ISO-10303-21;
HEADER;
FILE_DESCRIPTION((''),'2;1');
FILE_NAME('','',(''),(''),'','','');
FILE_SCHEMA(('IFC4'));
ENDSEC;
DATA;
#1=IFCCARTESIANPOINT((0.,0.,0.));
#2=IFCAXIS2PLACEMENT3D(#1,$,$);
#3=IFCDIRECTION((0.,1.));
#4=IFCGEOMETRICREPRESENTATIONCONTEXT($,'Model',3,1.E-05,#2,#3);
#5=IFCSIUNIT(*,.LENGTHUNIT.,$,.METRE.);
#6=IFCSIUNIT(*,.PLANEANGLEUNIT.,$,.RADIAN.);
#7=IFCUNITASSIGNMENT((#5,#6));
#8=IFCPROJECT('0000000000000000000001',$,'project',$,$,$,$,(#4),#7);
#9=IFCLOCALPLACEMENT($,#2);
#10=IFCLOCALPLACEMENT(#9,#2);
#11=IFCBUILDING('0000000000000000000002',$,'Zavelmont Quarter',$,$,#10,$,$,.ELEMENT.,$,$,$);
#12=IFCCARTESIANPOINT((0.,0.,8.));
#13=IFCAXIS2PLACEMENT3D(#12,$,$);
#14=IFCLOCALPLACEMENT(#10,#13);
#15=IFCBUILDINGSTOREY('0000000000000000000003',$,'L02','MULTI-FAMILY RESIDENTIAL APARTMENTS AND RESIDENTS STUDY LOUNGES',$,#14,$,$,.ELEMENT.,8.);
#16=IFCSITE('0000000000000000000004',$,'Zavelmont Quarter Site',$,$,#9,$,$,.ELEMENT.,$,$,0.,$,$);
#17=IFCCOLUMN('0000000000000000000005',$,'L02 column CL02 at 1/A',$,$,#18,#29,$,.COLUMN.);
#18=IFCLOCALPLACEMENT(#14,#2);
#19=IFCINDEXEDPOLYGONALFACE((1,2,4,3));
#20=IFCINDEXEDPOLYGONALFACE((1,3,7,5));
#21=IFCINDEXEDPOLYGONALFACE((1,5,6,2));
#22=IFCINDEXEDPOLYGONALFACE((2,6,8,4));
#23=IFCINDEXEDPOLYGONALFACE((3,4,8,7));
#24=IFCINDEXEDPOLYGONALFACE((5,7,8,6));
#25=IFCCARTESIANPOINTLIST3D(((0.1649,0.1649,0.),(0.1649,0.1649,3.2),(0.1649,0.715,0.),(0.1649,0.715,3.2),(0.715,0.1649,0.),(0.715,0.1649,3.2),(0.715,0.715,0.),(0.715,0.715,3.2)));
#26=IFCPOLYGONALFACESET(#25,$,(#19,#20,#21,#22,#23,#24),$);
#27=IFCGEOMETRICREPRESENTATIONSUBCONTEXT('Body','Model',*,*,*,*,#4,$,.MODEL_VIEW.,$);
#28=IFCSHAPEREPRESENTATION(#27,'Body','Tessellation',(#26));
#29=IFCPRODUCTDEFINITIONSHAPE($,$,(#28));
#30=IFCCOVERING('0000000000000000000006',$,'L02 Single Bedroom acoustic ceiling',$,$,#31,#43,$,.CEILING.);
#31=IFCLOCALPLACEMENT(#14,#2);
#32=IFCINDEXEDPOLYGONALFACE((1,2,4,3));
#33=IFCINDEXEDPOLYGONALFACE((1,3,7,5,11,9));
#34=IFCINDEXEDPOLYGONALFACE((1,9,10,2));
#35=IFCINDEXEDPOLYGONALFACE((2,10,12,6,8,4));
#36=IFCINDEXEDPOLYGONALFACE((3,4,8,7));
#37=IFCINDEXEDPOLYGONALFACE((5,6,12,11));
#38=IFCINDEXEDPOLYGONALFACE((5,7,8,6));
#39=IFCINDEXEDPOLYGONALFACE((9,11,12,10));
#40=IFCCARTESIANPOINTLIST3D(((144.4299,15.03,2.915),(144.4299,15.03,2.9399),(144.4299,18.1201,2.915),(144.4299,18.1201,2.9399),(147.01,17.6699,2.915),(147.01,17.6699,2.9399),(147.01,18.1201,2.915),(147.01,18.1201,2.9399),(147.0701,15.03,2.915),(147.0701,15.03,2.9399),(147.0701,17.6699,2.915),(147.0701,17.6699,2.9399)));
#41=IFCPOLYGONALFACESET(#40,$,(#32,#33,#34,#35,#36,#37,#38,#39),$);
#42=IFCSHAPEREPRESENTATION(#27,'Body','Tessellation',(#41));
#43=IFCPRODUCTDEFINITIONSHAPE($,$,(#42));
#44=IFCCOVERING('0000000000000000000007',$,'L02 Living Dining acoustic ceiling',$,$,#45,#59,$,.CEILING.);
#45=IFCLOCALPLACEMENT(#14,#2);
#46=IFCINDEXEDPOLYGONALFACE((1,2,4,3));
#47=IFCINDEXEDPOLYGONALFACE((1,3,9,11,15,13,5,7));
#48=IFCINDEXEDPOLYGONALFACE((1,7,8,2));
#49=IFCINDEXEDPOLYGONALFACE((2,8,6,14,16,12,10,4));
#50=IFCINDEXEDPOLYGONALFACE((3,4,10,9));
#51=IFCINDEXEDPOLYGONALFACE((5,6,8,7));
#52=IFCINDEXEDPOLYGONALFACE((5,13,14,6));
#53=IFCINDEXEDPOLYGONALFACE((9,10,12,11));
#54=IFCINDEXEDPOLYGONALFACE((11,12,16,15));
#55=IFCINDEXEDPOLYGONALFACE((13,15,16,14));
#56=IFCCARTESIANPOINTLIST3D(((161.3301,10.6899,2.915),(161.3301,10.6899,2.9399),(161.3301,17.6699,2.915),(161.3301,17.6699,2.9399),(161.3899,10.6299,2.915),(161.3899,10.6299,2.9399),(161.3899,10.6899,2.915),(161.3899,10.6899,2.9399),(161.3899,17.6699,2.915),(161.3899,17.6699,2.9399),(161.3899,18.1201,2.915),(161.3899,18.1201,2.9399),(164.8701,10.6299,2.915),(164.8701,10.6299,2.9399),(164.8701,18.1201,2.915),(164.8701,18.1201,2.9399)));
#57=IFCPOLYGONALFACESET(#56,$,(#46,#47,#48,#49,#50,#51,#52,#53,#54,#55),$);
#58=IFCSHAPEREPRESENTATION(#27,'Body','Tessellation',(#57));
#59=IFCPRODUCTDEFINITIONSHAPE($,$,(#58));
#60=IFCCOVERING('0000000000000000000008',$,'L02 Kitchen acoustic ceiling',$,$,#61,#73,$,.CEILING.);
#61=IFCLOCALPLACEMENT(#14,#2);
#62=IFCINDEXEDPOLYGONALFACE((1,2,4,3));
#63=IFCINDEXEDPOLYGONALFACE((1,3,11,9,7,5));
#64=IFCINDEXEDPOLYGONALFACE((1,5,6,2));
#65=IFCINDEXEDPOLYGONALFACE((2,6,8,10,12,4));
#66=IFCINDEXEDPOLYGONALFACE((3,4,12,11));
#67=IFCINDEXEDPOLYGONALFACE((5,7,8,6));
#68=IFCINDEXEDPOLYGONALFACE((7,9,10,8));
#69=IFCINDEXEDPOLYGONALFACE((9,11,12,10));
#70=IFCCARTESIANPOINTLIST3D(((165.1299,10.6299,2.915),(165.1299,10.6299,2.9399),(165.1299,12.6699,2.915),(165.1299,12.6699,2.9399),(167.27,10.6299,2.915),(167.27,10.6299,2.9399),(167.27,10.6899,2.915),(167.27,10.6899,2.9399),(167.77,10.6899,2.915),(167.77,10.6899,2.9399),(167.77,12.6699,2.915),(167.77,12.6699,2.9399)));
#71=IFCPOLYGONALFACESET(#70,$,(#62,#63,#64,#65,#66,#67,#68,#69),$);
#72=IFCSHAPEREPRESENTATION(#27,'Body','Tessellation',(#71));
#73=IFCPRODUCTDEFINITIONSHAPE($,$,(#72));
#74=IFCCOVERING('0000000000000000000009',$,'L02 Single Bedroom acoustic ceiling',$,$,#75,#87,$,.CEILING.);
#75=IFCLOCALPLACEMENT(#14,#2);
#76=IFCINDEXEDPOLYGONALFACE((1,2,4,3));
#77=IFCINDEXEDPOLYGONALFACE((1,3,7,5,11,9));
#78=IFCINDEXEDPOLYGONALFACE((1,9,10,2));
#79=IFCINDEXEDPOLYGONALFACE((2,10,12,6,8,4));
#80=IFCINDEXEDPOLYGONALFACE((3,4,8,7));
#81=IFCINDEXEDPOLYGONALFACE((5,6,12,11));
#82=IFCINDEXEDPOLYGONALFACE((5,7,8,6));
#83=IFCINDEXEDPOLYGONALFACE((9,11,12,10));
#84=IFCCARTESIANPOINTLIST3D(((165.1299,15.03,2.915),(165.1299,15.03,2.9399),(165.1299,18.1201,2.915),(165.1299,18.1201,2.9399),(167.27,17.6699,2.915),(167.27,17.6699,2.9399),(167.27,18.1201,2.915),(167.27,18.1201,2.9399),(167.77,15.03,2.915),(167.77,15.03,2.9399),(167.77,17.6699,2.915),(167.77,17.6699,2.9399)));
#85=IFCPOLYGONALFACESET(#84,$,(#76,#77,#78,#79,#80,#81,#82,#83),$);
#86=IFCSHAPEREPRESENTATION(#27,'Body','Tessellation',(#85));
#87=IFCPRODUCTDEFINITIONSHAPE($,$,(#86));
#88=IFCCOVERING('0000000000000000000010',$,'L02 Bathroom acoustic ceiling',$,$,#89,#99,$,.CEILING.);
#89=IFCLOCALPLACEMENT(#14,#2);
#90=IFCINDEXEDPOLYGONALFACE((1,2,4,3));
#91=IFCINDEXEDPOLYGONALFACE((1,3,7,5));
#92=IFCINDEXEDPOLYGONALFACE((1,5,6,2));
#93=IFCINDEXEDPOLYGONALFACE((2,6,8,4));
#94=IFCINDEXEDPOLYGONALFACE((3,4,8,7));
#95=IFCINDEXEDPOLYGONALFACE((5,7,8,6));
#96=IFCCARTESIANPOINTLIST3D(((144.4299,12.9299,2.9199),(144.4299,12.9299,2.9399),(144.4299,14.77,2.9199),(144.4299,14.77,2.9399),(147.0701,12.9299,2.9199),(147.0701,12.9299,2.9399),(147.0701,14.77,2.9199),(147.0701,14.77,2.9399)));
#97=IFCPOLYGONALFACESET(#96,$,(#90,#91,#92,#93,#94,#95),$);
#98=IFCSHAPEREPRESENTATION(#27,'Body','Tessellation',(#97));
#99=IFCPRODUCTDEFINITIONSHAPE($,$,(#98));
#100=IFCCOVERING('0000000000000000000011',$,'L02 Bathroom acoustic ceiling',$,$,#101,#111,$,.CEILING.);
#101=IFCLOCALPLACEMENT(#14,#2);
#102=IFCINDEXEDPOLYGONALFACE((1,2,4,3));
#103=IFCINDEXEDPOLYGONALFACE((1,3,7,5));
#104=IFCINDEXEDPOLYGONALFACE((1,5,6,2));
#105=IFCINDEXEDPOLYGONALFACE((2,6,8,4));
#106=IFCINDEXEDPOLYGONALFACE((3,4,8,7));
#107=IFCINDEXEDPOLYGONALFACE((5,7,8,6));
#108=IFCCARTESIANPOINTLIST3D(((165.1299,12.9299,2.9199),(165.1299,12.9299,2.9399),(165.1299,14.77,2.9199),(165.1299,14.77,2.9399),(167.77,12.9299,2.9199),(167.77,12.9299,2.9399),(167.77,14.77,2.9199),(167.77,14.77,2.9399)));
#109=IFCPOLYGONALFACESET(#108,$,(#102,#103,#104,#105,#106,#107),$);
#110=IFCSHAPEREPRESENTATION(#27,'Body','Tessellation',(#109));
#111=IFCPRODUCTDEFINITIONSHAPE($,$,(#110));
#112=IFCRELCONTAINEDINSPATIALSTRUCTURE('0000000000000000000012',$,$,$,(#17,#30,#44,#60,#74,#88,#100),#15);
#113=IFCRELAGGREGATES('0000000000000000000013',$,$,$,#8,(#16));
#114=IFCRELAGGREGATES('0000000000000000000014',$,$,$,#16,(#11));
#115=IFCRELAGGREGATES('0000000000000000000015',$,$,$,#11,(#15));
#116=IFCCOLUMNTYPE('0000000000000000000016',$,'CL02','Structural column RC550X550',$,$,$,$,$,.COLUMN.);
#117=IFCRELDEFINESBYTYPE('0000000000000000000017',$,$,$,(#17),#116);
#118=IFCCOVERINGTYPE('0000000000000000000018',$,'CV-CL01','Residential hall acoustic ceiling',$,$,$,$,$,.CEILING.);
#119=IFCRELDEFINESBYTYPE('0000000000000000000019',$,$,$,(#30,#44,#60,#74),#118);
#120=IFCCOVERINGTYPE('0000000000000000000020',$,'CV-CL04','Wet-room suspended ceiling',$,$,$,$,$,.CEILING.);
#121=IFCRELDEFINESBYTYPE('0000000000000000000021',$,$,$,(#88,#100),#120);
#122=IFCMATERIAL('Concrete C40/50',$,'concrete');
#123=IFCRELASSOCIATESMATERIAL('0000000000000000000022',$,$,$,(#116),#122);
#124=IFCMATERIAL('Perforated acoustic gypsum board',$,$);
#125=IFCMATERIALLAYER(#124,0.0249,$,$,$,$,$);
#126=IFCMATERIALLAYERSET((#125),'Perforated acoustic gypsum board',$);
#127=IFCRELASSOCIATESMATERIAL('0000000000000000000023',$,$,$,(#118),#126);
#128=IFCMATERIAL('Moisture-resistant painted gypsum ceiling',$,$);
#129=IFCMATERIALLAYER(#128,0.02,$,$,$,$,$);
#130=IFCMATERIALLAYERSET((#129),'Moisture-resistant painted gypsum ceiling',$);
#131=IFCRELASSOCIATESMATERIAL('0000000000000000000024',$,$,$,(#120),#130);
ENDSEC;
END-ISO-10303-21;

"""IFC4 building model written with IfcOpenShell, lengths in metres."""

from ifc_helpers import new_model, si_unit, direction, frame, origin, origin_2d, place, context, subcontext, project, spatial, polyline, rectangle, outline, extrude, material, layer, layer_set, material_profile, profile_set, type_object, element, save


model = new_model("IFC4")

# Units and contexts
model_context = context("Model", 3, precision=1e-05, world=origin(), true_north=direction((0.0, 1.0)))
body_context = subcontext(model_context, "Body", "Model", "MODEL_VIEW")
ifc_project = project(units=[si_unit("LENGTHUNIT", "METRE"), si_unit("PLANEANGLEUNIT", "RADIAN")], contexts=[model_context])

# Site, building, storey
site_placement = place(None, origin())
site = spatial("IfcSite", under=ifc_project, at=site_placement, Name="Zavelmont Quarter Site", CompositionType="ELEMENT", RefElevation=0.0)
building_placement = place(site_placement, origin())
building = spatial("IfcBuilding", under=site, at=building_placement, Name="Zavelmont Quarter", CompositionType="ELEMENT")
storey_placement = place(building_placement, frame((0.0, 0.0, 8.0)))
storey = spatial("IfcBuildingStorey", under=building, at=storey_placement, Name="L02", Description="MULTI-FAMILY RESIDENTIAL APARTMENTS AND RESIDENTS STUDY LOUNGES", CompositionType="ELEMENT", Elevation=8.0)

# Column
ifc_material_1 = material(Name="Concrete C40/50", Category="concrete")
ifc_material_profile = material_profile(ifc_material_1, rectangle(XDim=0.55, YDim=0.55, at=origin_2d()), Name="RC550X550")
ifc_profile_set = profile_set([ifc_material_profile], Name="Concrete C40/50")
column_type = type_object("IfcColumnType", Name="CL02", Description="Structural column RC550X550", PredefinedType="COLUMN", material=ifc_profile_set)
column_placement = place(storey_placement, frame((0.4399, 0.4399, 0.0), z_axis=(0.0, 0.0, 1.0), x_axis=(1.0, 0.0, 0.0)))
element("IfcColumn", 1, at=column_placement, inside=storey, type_object=column_type, Name="L02 column CL02 at 1/A", PredefinedType="COLUMN", context=body_context, shape_type="SweptSolid", body=[
    extrude(rectangle(XDim=0.55, YDim=0.55, at=origin_2d()), origin(), (0.0, 0.0, 1.0), 3.2),
])

# Coverings
ifc_material_2 = material(Name="Perforated acoustic gypsum board")
ifc_layer_1 = layer(ifc_material_2, 0.0249)
ifc_layer_set_1 = layer_set([ifc_layer_1], Name="Perforated acoustic gypsum board")
covering_type_1 = type_object("IfcCoveringType", Name="CV-CL01", Description="Residential hall acoustic ceiling", PredefinedType="CEILING", material=ifc_layer_set_1)
covering_1_placement = place(storey_placement, frame((0.0, 0.0, 2.915)))
element("IfcCovering", 2, at=covering_1_placement, inside=storey, type_object=covering_type_1, Name="L02 Single Bedroom acoustic ceiling", PredefinedType="CEILING", context=body_context, shape_type="SweptSolid", body=[
    extrude(outline(polyline([(144.4299, 18.1201), (147.01, 18.1201), (147.01, 17.6699), (147.0701, 17.6699), (147.0701, 15.03), (144.4299, 15.03), (144.4299, 18.1201)])), origin(), (0.0, 0.0, 1.0), 0.0249),
])
covering_2_placement = place(storey_placement, frame((0.0, 0.0, 2.915)))
element("IfcCovering", 3, at=covering_2_placement, inside=storey, type_object=covering_type_1, Name="L02 Living Dining acoustic ceiling", PredefinedType="CEILING", context=body_context, shape_type="SweptSolid", body=[
    extrude(outline(polyline([(161.3301, 17.6699), (161.3899, 17.6699), (161.3899, 18.1201), (164.8701, 18.1201), (164.8701, 10.6299), (161.3899, 10.6299), (161.3899, 10.6899), (161.3301, 10.6899), (161.3301, 17.6699)])), origin(), (0.0, 0.0, 1.0), 0.0249),
])
covering_3_placement = place(storey_placement, frame((0.0, 0.0, 2.915)))
element("IfcCovering", 4, at=covering_3_placement, inside=storey, type_object=covering_type_1, Name="L02 Kitchen acoustic ceiling", PredefinedType="CEILING", context=body_context, shape_type="SweptSolid", body=[
    extrude(outline(polyline([(165.1299, 12.6699), (167.77, 12.6699), (167.77, 10.6899), (167.27, 10.6899), (167.27, 10.6299), (165.1299, 10.6299), (165.1299, 12.6699)])), origin(), (0.0, 0.0, 1.0), 0.0249),
])
covering_4_placement = place(storey_placement, frame((0.0, 0.0, 2.915)))
element("IfcCovering", 5, at=covering_4_placement, inside=storey, type_object=covering_type_1, Name="L02 Single Bedroom acoustic ceiling", PredefinedType="CEILING", context=body_context, shape_type="SweptSolid", body=[
    extrude(outline(polyline([(165.1299, 18.1201), (167.27, 18.1201), (167.27, 17.6699), (167.77, 17.6699), (167.77, 15.03), (165.1299, 15.03), (165.1299, 18.1201)])), origin(), (0.0, 0.0, 1.0), 0.0249),
])
ifc_material_3 = material(Name="Moisture-resistant painted gypsum ceiling")
ifc_layer_2 = layer(ifc_material_3, 0.02)
ifc_layer_set_2 = layer_set([ifc_layer_2], Name="Moisture-resistant painted gypsum ceiling")
covering_type_2 = type_object("IfcCoveringType", Name="CV-CL04", Description="Wet-room suspended ceiling", PredefinedType="CEILING", material=ifc_layer_set_2)
covering_5_placement = place(storey_placement, frame((0.0, 0.0, 2.9199)))
element("IfcCovering", 6, at=covering_5_placement, inside=storey, type_object=covering_type_2, Name="L02 Bathroom acoustic ceiling", PredefinedType="CEILING", context=body_context, shape_type="SweptSolid", body=[
    extrude(outline(polyline([(144.4299, 14.77), (147.0701, 14.77), (147.0701, 12.9299), (144.4299, 12.9299), (144.4299, 14.77)])), origin(), (0.0, 0.0, 1.0), 0.02),
])
covering_6_placement = place(storey_placement, frame((0.0, 0.0, 2.9199)))
element("IfcCovering", 7, at=covering_6_placement, inside=storey, type_object=covering_type_2, Name="L02 Bathroom acoustic ceiling", PredefinedType="CEILING", context=body_context, shape_type="SweptSolid", body=[
    extrude(outline(polyline([(165.1299, 14.77), (167.77, 14.77), (167.77, 12.9299), (165.1299, 12.9299), (165.1299, 14.77)])), origin(), (0.0, 0.0, 1.0), 0.02),
])

save(model, "model.ifc")
